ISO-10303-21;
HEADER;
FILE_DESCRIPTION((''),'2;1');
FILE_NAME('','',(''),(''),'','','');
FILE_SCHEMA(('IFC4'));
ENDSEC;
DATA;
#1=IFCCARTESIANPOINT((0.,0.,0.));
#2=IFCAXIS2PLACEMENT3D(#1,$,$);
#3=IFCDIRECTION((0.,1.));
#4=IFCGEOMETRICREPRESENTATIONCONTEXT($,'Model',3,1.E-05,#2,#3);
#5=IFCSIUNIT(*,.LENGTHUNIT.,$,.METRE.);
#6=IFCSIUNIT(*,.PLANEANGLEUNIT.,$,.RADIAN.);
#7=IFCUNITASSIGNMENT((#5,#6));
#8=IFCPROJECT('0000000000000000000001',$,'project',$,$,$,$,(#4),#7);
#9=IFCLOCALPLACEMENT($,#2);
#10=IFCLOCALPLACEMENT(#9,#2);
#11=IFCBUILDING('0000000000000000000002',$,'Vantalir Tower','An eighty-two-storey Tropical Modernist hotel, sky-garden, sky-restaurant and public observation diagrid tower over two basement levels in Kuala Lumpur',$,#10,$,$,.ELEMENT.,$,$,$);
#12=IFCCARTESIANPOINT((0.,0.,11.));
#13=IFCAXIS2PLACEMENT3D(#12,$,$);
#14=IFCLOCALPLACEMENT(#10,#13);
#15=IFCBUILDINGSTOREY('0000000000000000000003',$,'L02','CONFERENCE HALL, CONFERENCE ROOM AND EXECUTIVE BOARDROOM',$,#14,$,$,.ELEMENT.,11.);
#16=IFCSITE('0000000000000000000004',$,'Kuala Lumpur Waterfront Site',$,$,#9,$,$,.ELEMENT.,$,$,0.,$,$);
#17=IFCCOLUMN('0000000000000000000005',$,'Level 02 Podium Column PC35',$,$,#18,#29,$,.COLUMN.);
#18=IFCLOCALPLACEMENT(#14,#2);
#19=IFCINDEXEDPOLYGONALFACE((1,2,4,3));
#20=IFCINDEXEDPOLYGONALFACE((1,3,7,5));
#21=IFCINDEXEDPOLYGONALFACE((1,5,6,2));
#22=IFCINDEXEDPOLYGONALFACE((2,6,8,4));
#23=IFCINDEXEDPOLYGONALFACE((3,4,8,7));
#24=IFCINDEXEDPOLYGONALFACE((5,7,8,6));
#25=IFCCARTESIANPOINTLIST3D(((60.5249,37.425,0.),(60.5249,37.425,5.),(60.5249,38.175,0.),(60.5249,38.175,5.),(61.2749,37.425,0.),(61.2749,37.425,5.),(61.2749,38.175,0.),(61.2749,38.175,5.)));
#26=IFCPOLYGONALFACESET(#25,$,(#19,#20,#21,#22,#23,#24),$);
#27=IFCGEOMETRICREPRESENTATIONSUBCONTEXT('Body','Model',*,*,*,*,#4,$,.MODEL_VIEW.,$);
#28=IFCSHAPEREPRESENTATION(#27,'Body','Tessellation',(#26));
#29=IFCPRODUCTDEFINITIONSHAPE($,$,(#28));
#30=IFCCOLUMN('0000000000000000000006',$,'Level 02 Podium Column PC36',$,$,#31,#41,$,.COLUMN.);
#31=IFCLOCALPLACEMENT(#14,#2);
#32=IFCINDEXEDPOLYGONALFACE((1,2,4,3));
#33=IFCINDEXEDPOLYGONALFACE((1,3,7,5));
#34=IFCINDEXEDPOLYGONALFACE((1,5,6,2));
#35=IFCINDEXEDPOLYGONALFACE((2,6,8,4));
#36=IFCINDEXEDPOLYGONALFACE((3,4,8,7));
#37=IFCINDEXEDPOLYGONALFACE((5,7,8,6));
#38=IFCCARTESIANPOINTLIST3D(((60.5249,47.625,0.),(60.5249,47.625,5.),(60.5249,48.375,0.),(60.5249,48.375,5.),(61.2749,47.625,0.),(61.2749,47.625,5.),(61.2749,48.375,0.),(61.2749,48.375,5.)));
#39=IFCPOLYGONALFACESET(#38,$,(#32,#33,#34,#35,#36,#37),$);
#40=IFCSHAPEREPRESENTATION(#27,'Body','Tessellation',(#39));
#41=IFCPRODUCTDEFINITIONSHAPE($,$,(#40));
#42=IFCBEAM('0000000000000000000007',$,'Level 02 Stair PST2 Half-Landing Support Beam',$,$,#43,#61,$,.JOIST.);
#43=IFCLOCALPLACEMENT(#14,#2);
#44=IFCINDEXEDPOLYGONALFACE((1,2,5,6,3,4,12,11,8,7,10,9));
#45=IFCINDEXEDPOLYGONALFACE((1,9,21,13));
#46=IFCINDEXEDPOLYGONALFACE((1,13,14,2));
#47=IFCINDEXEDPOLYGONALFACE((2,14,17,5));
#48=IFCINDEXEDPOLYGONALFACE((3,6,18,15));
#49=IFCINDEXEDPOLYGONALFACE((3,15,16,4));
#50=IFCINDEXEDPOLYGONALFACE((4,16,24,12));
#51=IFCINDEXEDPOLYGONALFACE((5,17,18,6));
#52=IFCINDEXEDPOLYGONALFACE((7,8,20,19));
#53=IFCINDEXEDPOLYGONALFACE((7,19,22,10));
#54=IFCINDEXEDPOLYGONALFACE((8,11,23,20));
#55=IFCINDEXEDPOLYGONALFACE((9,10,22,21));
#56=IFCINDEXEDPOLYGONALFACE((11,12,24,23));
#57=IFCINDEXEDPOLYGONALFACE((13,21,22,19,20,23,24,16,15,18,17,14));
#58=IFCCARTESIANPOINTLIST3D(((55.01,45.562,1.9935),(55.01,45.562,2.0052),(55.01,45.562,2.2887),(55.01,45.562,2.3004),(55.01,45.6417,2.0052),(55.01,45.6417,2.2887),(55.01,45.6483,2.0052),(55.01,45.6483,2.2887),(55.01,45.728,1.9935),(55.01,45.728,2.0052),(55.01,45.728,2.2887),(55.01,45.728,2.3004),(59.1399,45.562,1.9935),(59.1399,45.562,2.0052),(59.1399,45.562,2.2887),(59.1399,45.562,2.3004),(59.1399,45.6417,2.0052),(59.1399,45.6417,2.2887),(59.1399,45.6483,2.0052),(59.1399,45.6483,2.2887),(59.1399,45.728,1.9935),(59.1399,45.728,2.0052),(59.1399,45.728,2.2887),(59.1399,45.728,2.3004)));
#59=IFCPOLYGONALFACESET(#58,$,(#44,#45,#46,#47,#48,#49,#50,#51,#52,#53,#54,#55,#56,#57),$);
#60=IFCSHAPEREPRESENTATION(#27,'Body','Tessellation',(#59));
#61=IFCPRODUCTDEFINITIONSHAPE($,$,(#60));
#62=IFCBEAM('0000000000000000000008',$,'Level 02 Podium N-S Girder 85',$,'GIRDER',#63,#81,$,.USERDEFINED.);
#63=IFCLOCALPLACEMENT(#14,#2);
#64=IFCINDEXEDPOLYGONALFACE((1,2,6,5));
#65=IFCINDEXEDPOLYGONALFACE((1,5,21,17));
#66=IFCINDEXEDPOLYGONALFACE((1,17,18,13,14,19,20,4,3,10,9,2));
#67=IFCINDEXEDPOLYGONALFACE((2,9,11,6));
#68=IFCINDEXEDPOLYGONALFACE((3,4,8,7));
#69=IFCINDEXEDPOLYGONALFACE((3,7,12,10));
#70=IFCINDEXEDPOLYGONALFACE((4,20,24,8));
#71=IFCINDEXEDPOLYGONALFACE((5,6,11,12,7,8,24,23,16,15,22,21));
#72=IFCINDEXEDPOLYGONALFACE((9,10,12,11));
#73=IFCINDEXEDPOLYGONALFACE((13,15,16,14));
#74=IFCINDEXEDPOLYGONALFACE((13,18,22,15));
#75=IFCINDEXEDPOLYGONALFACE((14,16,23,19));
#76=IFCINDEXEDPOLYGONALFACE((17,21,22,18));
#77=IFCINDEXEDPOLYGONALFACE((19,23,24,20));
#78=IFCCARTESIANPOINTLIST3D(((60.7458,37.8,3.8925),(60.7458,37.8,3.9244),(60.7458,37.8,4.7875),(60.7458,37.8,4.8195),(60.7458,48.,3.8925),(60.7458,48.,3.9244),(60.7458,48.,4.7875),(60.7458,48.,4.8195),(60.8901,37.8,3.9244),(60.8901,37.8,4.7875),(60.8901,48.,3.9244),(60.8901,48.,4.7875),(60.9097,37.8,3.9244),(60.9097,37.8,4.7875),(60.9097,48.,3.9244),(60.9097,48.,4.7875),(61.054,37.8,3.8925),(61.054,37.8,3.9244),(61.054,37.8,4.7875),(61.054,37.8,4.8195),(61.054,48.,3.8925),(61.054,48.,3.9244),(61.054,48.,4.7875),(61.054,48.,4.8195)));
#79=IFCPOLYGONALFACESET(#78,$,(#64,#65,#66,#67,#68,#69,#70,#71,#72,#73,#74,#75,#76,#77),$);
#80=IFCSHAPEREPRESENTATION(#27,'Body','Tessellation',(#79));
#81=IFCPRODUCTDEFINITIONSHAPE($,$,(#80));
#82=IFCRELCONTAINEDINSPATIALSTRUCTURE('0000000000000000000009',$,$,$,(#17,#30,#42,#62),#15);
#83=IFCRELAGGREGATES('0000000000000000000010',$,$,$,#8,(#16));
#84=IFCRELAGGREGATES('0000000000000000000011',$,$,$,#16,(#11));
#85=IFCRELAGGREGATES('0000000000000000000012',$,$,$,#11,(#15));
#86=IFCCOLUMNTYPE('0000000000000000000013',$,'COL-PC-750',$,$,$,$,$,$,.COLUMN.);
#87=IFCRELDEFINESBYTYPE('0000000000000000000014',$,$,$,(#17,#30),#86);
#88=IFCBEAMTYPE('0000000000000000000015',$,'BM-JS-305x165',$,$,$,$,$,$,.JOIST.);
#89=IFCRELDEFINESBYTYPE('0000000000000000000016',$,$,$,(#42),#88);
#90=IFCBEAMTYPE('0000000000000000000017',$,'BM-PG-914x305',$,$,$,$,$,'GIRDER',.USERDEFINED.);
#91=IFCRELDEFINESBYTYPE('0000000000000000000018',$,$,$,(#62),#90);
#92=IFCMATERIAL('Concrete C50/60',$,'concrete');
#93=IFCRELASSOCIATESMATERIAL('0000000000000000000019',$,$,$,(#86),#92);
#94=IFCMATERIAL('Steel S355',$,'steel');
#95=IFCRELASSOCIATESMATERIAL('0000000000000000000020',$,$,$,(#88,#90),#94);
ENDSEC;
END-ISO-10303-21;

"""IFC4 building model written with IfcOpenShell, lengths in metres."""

from ifc_helpers import new_model, si_unit, direction, frame, origin, origin_2d, place, context, subcontext, project, spatial, rectangle, i_section, extrude, material, material_profile, profile_set, type_object, element, save


model = new_model("IFC4")

# Units and contexts
model_context = context("Model", 3, precision=1e-05, world=origin(), true_north=direction((0.0, 1.0)))
body_context = subcontext(model_context, "Body", "Model", "MODEL_VIEW")
ifc_project = project(units=[si_unit("LENGTHUNIT", "METRE"), si_unit("PLANEANGLEUNIT", "RADIAN")], contexts=[model_context])

# Site, building, storey
site_placement = place(None, origin())
site = spatial("IfcSite", under=ifc_project, at=site_placement, Name="Kuala Lumpur Waterfront Site", CompositionType="ELEMENT", RefElevation=0.0)
building_placement = place(site_placement, origin())
building = spatial("IfcBuilding", under=site, at=building_placement, Name="Vantalir Tower", Description="An eighty-two-storey Tropical Modernist hotel, sky-garden, sky-restaurant and public observation diagrid tower over two basement levels in Kuala Lumpur", CompositionType="ELEMENT")
storey_placement = place(building_placement, frame((0.0, 0.0, 11.0)))
storey = spatial("IfcBuildingStorey", under=building, at=storey_placement, Name="L02", Description="CONFERENCE HALL, CONFERENCE ROOM AND EXECUTIVE BOARDROOM", CompositionType="ELEMENT", Elevation=11.0)

# Columns
ifc_material_1 = material(Name="Concrete C50/60", Category="concrete")
ifc_material_profile_1 = material_profile(ifc_material_1, rectangle(XDim=0.75, YDim=0.75, at=origin_2d()), Name="Concrete C50/60")
ifc_profile_set_1 = profile_set([ifc_material_profile_1], Name="Concrete C50/60")
column_type = type_object("IfcColumnType", Name="COL-PC-750", PredefinedType="COLUMN", material=ifc_profile_set_1)
for number, where, z_axis, x_axis, name in (
    (1, (60.8999, 37.8, 0.0), (0.0, 0.0, 1.0), (1.0, 0.0, 0.0), "Level 02 Podium Column PC35"),
    (2, (60.8999, 48.0, 0.0), (0.0, 0.0, 1.0), (1.0, 0.0, 0.0), "Level 02 Podium Column PC36"),
):
    element("IfcColumn", number, at=place(storey_placement, frame(where, z_axis=z_axis, x_axis=x_axis)), inside=storey, type_object=column_type, Name=name, PredefinedType="COLUMN", context=body_context, shape_type="SweptSolid", body=[
        extrude(rectangle(XDim=0.75, YDim=0.75, at=origin_2d()), origin(), (0.0, 0.0, 1.0), 5.0),
    ])

# Beams
ifc_material_2 = material(Name="Steel S355", Category="steel")
ifc_material_profile_2 = material_profile(ifc_material_2, i_section(OverallWidth=0.166, OverallDepth=0.3069, WebThickness=0.0066, FlangeThickness=0.0117, at=origin_2d()), Name="Steel S355")
ifc_profile_set_2 = profile_set([ifc_material_profile_2], Name="Steel S355")
beam_type_1 = type_object("IfcBeamType", Name="BM-JS-305x165", PredefinedType="JOIST", material=ifc_profile_set_2)
beam_1_placement = place(storey_placement, frame((55.01, 45.645, 2.147), z_axis=(1.0, 0.0, 0.0), x_axis=(0.0, 1.0, 0.0)))
element("IfcBeam", 3, at=beam_1_placement, inside=storey, type_object=beam_type_1, Name="Level 02 Stair PST2 Half-Landing Support Beam", PredefinedType="JOIST", context=body_context, shape_type="SweptSolid", body=[
    extrude(i_section(OverallWidth=0.166, OverallDepth=0.3069, WebThickness=0.0066, FlangeThickness=0.0117, at=origin_2d()), origin(), (0.0, 0.0, 1.0), 4.1299),
])
ifc_material_profile_3 = material_profile(ifc_material_2, i_section(OverallWidth=0.3081, OverallDepth=0.927, WebThickness=0.0195, FlangeThickness=0.032, at=origin_2d()), Name="Steel S355")
ifc_profile_set_3 = profile_set([ifc_material_profile_3], Name="Steel S355")
beam_type_2 = type_object("IfcBeamType", Name="BM-PG-914x305", ElementType="GIRDER", PredefinedType="USERDEFINED", material=ifc_profile_set_3)
beam_2_placement = place(storey_placement, frame((60.8999, 37.8, 4.356), z_axis=(0.0, 1.0, 0.0), x_axis=(-1.0, 0.0, 0.0)))
element("IfcBeam", 4, at=beam_2_placement, inside=storey, type_object=beam_type_2, Name="Level 02 Podium N-S Girder 85", ObjectType="GIRDER", PredefinedType="USERDEFINED", context=body_context, shape_type="SweptSolid", body=[
    extrude(i_section(OverallWidth=0.3081, OverallDepth=0.927, WebThickness=0.0195, FlangeThickness=0.032, at=origin_2d()), origin(), (0.0, 0.0, 1.0), 10.2),
])

save(model, "model.ifc")
